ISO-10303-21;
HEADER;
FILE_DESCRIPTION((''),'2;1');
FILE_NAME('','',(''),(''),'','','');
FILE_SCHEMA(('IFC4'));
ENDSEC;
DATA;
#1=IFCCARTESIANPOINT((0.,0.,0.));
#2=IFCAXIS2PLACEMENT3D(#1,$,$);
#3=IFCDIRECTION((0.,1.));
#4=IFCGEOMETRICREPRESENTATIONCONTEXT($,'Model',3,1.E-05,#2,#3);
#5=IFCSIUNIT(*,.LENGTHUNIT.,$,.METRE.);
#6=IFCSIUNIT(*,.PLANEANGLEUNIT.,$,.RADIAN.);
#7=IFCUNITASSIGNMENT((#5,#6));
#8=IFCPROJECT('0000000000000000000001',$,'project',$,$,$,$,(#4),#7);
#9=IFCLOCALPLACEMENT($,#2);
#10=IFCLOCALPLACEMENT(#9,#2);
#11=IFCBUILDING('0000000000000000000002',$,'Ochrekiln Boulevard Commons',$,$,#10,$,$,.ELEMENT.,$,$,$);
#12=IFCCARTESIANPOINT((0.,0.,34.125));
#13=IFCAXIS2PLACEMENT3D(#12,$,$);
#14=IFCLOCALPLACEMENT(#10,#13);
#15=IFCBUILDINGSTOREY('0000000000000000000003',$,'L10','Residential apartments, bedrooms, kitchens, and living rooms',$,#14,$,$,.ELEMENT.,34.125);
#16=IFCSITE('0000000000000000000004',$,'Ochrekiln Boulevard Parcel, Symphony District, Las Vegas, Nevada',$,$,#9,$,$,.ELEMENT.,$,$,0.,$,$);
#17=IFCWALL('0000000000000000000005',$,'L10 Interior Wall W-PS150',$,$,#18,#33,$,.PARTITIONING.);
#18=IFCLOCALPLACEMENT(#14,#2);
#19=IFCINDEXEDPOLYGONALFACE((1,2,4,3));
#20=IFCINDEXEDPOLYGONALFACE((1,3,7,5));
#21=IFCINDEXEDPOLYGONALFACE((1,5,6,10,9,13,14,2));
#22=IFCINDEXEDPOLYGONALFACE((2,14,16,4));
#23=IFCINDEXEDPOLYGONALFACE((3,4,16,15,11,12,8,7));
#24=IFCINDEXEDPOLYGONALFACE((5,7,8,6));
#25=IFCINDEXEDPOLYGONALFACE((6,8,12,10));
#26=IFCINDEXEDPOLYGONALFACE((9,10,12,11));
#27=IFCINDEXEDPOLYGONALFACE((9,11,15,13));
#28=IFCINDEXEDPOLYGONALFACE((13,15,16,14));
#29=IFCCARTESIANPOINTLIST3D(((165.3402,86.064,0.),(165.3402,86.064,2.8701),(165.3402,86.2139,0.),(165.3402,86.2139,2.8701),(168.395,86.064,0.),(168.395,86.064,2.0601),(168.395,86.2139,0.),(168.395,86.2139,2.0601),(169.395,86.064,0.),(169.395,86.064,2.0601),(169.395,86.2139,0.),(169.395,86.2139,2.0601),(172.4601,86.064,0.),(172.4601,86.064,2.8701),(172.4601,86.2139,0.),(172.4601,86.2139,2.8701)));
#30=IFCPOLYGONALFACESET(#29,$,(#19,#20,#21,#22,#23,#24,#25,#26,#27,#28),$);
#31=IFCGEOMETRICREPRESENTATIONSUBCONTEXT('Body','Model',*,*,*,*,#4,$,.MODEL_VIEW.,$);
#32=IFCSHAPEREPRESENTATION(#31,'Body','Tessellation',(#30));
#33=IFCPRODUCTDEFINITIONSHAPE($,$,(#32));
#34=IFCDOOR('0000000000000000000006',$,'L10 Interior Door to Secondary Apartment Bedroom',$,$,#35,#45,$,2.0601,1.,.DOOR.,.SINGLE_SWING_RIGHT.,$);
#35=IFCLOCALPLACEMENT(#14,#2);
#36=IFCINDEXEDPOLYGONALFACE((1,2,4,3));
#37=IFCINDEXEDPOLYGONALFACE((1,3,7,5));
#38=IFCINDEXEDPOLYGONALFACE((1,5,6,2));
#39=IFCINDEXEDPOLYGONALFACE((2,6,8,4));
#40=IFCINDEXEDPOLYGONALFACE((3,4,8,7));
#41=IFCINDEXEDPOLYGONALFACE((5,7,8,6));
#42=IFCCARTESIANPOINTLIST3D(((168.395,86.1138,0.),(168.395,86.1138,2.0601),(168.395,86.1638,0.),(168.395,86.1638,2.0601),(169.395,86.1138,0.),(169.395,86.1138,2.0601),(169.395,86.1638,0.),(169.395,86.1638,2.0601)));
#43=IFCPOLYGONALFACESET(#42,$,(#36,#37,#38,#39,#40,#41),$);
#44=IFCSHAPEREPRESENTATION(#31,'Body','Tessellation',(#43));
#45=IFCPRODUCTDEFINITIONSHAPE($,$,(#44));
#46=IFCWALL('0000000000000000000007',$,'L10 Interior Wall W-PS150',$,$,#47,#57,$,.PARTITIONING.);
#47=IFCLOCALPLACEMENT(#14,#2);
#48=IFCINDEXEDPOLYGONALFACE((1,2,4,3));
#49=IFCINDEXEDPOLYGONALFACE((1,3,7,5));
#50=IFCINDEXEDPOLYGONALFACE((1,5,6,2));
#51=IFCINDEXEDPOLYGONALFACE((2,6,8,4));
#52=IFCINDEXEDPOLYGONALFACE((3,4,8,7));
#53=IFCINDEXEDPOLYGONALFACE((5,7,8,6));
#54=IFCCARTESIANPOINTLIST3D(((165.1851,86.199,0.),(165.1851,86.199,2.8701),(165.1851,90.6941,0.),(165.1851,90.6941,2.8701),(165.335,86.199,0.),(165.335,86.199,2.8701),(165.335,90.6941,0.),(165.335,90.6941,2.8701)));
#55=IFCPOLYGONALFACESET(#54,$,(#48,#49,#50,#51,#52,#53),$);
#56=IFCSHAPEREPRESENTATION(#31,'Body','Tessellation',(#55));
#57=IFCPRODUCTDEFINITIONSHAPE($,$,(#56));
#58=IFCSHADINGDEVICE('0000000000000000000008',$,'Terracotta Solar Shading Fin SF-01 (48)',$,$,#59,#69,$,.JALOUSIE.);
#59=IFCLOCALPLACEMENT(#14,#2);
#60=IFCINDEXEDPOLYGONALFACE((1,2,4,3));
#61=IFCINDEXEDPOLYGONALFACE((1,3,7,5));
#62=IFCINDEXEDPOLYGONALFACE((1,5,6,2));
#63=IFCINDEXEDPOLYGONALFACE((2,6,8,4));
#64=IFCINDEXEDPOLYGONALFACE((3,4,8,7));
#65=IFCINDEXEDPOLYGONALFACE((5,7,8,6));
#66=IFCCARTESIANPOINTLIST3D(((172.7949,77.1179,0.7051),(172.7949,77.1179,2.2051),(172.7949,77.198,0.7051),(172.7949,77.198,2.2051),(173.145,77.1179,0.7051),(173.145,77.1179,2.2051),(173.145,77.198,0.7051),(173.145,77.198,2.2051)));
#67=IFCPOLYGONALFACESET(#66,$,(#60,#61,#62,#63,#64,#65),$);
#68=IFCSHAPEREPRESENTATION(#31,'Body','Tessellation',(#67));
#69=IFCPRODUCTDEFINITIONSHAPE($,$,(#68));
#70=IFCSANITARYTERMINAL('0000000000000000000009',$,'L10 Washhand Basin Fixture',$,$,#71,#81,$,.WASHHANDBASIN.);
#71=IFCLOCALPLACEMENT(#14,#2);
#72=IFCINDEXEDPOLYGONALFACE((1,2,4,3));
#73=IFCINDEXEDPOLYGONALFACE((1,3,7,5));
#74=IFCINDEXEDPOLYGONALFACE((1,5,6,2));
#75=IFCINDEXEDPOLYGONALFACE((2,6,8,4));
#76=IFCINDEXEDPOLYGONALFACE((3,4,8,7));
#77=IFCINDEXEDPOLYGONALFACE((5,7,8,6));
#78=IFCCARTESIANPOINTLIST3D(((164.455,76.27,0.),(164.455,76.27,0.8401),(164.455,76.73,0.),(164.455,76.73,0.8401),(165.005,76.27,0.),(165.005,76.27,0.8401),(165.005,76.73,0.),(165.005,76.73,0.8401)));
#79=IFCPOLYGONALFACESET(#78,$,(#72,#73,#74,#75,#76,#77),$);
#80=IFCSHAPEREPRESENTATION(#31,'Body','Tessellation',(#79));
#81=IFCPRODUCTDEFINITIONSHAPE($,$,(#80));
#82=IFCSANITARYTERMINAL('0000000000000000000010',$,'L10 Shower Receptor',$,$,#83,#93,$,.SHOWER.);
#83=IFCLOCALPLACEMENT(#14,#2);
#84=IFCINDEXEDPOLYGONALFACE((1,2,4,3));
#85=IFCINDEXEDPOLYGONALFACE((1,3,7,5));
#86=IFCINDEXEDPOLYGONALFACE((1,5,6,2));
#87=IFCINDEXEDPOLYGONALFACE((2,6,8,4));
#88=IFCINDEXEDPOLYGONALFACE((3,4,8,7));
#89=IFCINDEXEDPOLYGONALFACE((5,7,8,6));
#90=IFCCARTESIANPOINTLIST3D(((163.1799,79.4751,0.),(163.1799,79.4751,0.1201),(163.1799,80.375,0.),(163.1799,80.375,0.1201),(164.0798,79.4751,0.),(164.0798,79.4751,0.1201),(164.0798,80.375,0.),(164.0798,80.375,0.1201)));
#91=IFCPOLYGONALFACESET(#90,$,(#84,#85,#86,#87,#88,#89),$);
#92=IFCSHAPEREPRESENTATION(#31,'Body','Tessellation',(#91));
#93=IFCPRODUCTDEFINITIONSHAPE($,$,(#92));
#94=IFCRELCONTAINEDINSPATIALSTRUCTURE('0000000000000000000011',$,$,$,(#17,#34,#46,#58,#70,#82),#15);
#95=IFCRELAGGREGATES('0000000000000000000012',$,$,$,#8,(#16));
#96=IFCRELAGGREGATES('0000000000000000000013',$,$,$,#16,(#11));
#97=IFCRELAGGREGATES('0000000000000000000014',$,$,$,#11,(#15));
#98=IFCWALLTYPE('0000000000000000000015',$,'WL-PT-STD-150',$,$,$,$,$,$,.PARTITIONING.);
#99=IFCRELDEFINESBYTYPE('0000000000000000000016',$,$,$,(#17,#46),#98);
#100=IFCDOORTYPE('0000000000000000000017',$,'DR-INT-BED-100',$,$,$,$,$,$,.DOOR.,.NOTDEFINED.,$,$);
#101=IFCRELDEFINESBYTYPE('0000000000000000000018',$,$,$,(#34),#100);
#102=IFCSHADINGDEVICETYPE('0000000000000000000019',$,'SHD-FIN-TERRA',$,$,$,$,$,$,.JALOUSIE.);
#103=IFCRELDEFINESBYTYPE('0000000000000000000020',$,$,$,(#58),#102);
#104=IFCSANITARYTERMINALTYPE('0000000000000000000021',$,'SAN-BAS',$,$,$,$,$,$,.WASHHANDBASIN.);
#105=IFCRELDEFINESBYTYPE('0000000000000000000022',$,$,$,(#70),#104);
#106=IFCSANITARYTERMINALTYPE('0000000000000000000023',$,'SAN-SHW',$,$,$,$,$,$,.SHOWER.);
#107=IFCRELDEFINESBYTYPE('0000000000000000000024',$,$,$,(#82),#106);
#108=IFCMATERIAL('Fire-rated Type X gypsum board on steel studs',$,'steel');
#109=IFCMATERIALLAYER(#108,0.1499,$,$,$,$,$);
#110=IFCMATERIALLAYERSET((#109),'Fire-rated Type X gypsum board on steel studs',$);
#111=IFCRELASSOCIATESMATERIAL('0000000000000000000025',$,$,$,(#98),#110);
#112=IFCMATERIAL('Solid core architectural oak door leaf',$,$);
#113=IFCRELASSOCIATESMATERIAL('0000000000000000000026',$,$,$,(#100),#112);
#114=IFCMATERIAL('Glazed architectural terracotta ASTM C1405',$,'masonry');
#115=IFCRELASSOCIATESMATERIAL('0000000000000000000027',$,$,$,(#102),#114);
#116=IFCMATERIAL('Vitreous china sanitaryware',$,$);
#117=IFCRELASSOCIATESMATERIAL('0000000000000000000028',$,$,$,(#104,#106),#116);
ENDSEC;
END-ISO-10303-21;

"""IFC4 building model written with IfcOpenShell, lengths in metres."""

from ifc_helpers import new_model, si_unit, direction, frame, frame_2d, origin, origin_2d, place, context, subcontext, project, spatial, rectangle, extrude, material, layer, layer_set, type_object, element, fill, save


model = new_model("IFC4")

# Units and contexts
model_context = context("Model", 3, precision=1e-05, world=origin(), true_north=direction((0.0, 1.0)))
body_context = subcontext(model_context, "Body", "Model", "MODEL_VIEW")
ifc_project = project(units=[si_unit("LENGTHUNIT", "METRE"), si_unit("PLANEANGLEUNIT", "RADIAN")], contexts=[model_context])

# Site, building, storey
site_placement = place(None, origin())
site = spatial("IfcSite", under=ifc_project, at=site_placement, Name="Ochrekiln Boulevard Parcel, Symphony District, Las Vegas, Nevada", CompositionType="ELEMENT", RefElevation=0.0)
building_placement = place(site_placement, origin())
building = spatial("IfcBuilding", under=site, at=building_placement, Name="Ochrekiln Boulevard Commons", CompositionType="ELEMENT")
storey_placement = place(building_placement, frame((0.0, 0.0, 34.125)))
storey = spatial("IfcBuildingStorey", under=building, at=storey_placement, Name="L10", Description="Residential apartments, bedrooms, kitchens, and living rooms", CompositionType="ELEMENT", Elevation=34.125)

# Shared definitions
ifc_material_1 = material(Name="Fire-rated Type X gypsum board on steel studs", Category="steel")

# Wall, opening, door
ifc_layer_1 = layer(ifc_material_1, 0.1499)
ifc_layer_set_1 = layer_set([ifc_layer_1], Name="Fire-rated Type X gypsum board on steel studs")
wall_type_1 = type_object("IfcWallType", Name="WL-PT-STD-150", PredefinedType="PARTITIONING", material=ifc_layer_set_1)
ifc_material_2 = material(Name="Solid core architectural oak door leaf")
wall_1_placement = place(storey_placement, frame((165.3401, 86.1389, 0.0), z_axis=(0.0, 0.0, 1.0), x_axis=(1.0, 0.0, 0.0)))
wall_1 = element("IfcWall", 1, at=wall_1_placement, inside=storey, type_object=wall_type_1, Name="L10 Interior Wall W-PS150", PredefinedType="PARTITIONING", context=body_context, shape_type="SweptSolid", body=[
    extrude(rectangle(XDim=7.1199, YDim=0.1499, at=frame_2d((3.5601, 0.0))), origin(), (0.0, 0.0, 1.0), 2.8701),
])
opening_1_placement = place(wall_1_placement, frame((3.0549, 0.0, 0.0)))
opening_1 = element("IfcOpeningElement", 2, at=opening_1_placement, cuts=wall_1, PredefinedType="OPENING", context=body_context, shape_type="SweptSolid", body=[
    extrude(rectangle(XDim=1.0, YDim=2.0601, at=frame_2d((0.5, 1.03))), frame((0.0, 0.085, 0.0), z_axis=(0.0, -1.0, 0.0), x_axis=(1.0, 0.0, 0.0)), (0.0, 0.0, 1.0), 0.1699),
])
door_type_1 = type_object("IfcDoorType", Name="DR-INT-BED-100", OperationType="NOTDEFINED", PredefinedType="DOOR", material=ifc_material_2)
door_1_placement = place(opening_1_placement, origin())
door_1 = element("IfcDoor", 3, at=door_1_placement, inside=storey, type_object=door_type_1, Name="L10 Interior Door to Secondary Apartment Bedroom", OperationType="SINGLE_SWING_RIGHT", OverallHeight=2.0601, OverallWidth=1.0, PredefinedType="DOOR", context=body_context, shape_type="SweptSolid", body=[
    extrude(rectangle(XDim=1.0, YDim=2.0601, at=frame_2d((0.5, 1.03))), frame((0.0, 0.0249, 0.0), z_axis=(0.0, -1.0, 0.0), x_axis=(1.0, 0.0, 0.0)), (0.0, 0.0, 1.0), 0.05),
])
fill(opening_1, door_1)

# Wall
wall_2_placement = place(storey_placement, frame((165.26, 86.199, 0.0), z_axis=(0.0, 0.0, 1.0), x_axis=(0.0, 1.0, 0.0)))
element("IfcWall", 4, at=wall_2_placement, inside=storey, type_object=wall_type_1, Name="L10 Interior Wall W-PS150", PredefinedType="PARTITIONING", context=body_context, shape_type="SweptSolid", body=[
    extrude(rectangle(XDim=4.4951, YDim=0.1499, at=frame_2d((2.2476, 0.0))), origin(), (0.0, 0.0, 1.0), 2.8701),
])

# Shading device
ifc_material_3 = material(Name="Glazed architectural terracotta ASTM C1405", Category="masonry")
shading_device_type = type_object("IfcShadingDeviceType", Name="SHD-FIN-TERRA", PredefinedType="JALOUSIE", material=ifc_material_3)
shading_device_placement = place(storey_placement, frame((172.97, 77.158, 0.7051), z_axis=(0.0, 0.0, 1.0), x_axis=(1.0, 0.0, 0.0)))
element("IfcShadingDevice", 5, at=shading_device_placement, inside=storey, type_object=shading_device_type, Name="Terracotta Solar Shading Fin SF-01 (48)", PredefinedType="JALOUSIE", context=body_context, shape_type="SweptSolid", body=[
    extrude(rectangle(XDim=0.3501, YDim=0.0801, at=origin_2d()), origin(), (0.0, 0.0, 1.0), 1.5),
])

# Sanitary terminals
ifc_material_4 = material(Name="Vitreous china sanitaryware")
sanitary_terminal_type_1 = type_object("IfcSanitaryTerminalType", Name="SAN-BAS", PredefinedType="WASHHANDBASIN", material=ifc_material_4)
sanitary_terminal_1_placement = place(storey_placement, frame((164.73, 76.5, 0.0), z_axis=(0.0, 0.0, 1.0), x_axis=(1.0, 0.0, 0.0)))
element("IfcSanitaryTerminal", 6, at=sanitary_terminal_1_placement, inside=storey, type_object=sanitary_terminal_type_1, Name="L10 Washhand Basin Fixture", PredefinedType="WASHHANDBASIN", context=body_context, shape_type="SweptSolid", body=[
    extrude(rectangle(XDim=0.55, YDim=0.46, at=origin_2d()), origin(), (0.0, 0.0, 1.0), 0.8401),
])
sanitary_terminal_type_2 = type_object("IfcSanitaryTerminalType", Name="SAN-SHW", PredefinedType="SHOWER", material=ifc_material_4)
sanitary_terminal_2_placement = place(storey_placement, frame((163.6299, 79.925, 0.0), z_axis=(0.0, 0.0, 1.0), x_axis=(1.0, 0.0, 0.0)))
element("IfcSanitaryTerminal", 7, at=sanitary_terminal_2_placement, inside=storey, type_object=sanitary_terminal_type_2, Name="L10 Shower Receptor", PredefinedType="SHOWER", context=body_context, shape_type="SweptSolid", body=[
    extrude(rectangle(XDim=0.8999, YDim=0.8999, at=origin_2d()), origin(), (0.0, 0.0, 1.0), 0.1201),
])

save(model, "model.ifc")
